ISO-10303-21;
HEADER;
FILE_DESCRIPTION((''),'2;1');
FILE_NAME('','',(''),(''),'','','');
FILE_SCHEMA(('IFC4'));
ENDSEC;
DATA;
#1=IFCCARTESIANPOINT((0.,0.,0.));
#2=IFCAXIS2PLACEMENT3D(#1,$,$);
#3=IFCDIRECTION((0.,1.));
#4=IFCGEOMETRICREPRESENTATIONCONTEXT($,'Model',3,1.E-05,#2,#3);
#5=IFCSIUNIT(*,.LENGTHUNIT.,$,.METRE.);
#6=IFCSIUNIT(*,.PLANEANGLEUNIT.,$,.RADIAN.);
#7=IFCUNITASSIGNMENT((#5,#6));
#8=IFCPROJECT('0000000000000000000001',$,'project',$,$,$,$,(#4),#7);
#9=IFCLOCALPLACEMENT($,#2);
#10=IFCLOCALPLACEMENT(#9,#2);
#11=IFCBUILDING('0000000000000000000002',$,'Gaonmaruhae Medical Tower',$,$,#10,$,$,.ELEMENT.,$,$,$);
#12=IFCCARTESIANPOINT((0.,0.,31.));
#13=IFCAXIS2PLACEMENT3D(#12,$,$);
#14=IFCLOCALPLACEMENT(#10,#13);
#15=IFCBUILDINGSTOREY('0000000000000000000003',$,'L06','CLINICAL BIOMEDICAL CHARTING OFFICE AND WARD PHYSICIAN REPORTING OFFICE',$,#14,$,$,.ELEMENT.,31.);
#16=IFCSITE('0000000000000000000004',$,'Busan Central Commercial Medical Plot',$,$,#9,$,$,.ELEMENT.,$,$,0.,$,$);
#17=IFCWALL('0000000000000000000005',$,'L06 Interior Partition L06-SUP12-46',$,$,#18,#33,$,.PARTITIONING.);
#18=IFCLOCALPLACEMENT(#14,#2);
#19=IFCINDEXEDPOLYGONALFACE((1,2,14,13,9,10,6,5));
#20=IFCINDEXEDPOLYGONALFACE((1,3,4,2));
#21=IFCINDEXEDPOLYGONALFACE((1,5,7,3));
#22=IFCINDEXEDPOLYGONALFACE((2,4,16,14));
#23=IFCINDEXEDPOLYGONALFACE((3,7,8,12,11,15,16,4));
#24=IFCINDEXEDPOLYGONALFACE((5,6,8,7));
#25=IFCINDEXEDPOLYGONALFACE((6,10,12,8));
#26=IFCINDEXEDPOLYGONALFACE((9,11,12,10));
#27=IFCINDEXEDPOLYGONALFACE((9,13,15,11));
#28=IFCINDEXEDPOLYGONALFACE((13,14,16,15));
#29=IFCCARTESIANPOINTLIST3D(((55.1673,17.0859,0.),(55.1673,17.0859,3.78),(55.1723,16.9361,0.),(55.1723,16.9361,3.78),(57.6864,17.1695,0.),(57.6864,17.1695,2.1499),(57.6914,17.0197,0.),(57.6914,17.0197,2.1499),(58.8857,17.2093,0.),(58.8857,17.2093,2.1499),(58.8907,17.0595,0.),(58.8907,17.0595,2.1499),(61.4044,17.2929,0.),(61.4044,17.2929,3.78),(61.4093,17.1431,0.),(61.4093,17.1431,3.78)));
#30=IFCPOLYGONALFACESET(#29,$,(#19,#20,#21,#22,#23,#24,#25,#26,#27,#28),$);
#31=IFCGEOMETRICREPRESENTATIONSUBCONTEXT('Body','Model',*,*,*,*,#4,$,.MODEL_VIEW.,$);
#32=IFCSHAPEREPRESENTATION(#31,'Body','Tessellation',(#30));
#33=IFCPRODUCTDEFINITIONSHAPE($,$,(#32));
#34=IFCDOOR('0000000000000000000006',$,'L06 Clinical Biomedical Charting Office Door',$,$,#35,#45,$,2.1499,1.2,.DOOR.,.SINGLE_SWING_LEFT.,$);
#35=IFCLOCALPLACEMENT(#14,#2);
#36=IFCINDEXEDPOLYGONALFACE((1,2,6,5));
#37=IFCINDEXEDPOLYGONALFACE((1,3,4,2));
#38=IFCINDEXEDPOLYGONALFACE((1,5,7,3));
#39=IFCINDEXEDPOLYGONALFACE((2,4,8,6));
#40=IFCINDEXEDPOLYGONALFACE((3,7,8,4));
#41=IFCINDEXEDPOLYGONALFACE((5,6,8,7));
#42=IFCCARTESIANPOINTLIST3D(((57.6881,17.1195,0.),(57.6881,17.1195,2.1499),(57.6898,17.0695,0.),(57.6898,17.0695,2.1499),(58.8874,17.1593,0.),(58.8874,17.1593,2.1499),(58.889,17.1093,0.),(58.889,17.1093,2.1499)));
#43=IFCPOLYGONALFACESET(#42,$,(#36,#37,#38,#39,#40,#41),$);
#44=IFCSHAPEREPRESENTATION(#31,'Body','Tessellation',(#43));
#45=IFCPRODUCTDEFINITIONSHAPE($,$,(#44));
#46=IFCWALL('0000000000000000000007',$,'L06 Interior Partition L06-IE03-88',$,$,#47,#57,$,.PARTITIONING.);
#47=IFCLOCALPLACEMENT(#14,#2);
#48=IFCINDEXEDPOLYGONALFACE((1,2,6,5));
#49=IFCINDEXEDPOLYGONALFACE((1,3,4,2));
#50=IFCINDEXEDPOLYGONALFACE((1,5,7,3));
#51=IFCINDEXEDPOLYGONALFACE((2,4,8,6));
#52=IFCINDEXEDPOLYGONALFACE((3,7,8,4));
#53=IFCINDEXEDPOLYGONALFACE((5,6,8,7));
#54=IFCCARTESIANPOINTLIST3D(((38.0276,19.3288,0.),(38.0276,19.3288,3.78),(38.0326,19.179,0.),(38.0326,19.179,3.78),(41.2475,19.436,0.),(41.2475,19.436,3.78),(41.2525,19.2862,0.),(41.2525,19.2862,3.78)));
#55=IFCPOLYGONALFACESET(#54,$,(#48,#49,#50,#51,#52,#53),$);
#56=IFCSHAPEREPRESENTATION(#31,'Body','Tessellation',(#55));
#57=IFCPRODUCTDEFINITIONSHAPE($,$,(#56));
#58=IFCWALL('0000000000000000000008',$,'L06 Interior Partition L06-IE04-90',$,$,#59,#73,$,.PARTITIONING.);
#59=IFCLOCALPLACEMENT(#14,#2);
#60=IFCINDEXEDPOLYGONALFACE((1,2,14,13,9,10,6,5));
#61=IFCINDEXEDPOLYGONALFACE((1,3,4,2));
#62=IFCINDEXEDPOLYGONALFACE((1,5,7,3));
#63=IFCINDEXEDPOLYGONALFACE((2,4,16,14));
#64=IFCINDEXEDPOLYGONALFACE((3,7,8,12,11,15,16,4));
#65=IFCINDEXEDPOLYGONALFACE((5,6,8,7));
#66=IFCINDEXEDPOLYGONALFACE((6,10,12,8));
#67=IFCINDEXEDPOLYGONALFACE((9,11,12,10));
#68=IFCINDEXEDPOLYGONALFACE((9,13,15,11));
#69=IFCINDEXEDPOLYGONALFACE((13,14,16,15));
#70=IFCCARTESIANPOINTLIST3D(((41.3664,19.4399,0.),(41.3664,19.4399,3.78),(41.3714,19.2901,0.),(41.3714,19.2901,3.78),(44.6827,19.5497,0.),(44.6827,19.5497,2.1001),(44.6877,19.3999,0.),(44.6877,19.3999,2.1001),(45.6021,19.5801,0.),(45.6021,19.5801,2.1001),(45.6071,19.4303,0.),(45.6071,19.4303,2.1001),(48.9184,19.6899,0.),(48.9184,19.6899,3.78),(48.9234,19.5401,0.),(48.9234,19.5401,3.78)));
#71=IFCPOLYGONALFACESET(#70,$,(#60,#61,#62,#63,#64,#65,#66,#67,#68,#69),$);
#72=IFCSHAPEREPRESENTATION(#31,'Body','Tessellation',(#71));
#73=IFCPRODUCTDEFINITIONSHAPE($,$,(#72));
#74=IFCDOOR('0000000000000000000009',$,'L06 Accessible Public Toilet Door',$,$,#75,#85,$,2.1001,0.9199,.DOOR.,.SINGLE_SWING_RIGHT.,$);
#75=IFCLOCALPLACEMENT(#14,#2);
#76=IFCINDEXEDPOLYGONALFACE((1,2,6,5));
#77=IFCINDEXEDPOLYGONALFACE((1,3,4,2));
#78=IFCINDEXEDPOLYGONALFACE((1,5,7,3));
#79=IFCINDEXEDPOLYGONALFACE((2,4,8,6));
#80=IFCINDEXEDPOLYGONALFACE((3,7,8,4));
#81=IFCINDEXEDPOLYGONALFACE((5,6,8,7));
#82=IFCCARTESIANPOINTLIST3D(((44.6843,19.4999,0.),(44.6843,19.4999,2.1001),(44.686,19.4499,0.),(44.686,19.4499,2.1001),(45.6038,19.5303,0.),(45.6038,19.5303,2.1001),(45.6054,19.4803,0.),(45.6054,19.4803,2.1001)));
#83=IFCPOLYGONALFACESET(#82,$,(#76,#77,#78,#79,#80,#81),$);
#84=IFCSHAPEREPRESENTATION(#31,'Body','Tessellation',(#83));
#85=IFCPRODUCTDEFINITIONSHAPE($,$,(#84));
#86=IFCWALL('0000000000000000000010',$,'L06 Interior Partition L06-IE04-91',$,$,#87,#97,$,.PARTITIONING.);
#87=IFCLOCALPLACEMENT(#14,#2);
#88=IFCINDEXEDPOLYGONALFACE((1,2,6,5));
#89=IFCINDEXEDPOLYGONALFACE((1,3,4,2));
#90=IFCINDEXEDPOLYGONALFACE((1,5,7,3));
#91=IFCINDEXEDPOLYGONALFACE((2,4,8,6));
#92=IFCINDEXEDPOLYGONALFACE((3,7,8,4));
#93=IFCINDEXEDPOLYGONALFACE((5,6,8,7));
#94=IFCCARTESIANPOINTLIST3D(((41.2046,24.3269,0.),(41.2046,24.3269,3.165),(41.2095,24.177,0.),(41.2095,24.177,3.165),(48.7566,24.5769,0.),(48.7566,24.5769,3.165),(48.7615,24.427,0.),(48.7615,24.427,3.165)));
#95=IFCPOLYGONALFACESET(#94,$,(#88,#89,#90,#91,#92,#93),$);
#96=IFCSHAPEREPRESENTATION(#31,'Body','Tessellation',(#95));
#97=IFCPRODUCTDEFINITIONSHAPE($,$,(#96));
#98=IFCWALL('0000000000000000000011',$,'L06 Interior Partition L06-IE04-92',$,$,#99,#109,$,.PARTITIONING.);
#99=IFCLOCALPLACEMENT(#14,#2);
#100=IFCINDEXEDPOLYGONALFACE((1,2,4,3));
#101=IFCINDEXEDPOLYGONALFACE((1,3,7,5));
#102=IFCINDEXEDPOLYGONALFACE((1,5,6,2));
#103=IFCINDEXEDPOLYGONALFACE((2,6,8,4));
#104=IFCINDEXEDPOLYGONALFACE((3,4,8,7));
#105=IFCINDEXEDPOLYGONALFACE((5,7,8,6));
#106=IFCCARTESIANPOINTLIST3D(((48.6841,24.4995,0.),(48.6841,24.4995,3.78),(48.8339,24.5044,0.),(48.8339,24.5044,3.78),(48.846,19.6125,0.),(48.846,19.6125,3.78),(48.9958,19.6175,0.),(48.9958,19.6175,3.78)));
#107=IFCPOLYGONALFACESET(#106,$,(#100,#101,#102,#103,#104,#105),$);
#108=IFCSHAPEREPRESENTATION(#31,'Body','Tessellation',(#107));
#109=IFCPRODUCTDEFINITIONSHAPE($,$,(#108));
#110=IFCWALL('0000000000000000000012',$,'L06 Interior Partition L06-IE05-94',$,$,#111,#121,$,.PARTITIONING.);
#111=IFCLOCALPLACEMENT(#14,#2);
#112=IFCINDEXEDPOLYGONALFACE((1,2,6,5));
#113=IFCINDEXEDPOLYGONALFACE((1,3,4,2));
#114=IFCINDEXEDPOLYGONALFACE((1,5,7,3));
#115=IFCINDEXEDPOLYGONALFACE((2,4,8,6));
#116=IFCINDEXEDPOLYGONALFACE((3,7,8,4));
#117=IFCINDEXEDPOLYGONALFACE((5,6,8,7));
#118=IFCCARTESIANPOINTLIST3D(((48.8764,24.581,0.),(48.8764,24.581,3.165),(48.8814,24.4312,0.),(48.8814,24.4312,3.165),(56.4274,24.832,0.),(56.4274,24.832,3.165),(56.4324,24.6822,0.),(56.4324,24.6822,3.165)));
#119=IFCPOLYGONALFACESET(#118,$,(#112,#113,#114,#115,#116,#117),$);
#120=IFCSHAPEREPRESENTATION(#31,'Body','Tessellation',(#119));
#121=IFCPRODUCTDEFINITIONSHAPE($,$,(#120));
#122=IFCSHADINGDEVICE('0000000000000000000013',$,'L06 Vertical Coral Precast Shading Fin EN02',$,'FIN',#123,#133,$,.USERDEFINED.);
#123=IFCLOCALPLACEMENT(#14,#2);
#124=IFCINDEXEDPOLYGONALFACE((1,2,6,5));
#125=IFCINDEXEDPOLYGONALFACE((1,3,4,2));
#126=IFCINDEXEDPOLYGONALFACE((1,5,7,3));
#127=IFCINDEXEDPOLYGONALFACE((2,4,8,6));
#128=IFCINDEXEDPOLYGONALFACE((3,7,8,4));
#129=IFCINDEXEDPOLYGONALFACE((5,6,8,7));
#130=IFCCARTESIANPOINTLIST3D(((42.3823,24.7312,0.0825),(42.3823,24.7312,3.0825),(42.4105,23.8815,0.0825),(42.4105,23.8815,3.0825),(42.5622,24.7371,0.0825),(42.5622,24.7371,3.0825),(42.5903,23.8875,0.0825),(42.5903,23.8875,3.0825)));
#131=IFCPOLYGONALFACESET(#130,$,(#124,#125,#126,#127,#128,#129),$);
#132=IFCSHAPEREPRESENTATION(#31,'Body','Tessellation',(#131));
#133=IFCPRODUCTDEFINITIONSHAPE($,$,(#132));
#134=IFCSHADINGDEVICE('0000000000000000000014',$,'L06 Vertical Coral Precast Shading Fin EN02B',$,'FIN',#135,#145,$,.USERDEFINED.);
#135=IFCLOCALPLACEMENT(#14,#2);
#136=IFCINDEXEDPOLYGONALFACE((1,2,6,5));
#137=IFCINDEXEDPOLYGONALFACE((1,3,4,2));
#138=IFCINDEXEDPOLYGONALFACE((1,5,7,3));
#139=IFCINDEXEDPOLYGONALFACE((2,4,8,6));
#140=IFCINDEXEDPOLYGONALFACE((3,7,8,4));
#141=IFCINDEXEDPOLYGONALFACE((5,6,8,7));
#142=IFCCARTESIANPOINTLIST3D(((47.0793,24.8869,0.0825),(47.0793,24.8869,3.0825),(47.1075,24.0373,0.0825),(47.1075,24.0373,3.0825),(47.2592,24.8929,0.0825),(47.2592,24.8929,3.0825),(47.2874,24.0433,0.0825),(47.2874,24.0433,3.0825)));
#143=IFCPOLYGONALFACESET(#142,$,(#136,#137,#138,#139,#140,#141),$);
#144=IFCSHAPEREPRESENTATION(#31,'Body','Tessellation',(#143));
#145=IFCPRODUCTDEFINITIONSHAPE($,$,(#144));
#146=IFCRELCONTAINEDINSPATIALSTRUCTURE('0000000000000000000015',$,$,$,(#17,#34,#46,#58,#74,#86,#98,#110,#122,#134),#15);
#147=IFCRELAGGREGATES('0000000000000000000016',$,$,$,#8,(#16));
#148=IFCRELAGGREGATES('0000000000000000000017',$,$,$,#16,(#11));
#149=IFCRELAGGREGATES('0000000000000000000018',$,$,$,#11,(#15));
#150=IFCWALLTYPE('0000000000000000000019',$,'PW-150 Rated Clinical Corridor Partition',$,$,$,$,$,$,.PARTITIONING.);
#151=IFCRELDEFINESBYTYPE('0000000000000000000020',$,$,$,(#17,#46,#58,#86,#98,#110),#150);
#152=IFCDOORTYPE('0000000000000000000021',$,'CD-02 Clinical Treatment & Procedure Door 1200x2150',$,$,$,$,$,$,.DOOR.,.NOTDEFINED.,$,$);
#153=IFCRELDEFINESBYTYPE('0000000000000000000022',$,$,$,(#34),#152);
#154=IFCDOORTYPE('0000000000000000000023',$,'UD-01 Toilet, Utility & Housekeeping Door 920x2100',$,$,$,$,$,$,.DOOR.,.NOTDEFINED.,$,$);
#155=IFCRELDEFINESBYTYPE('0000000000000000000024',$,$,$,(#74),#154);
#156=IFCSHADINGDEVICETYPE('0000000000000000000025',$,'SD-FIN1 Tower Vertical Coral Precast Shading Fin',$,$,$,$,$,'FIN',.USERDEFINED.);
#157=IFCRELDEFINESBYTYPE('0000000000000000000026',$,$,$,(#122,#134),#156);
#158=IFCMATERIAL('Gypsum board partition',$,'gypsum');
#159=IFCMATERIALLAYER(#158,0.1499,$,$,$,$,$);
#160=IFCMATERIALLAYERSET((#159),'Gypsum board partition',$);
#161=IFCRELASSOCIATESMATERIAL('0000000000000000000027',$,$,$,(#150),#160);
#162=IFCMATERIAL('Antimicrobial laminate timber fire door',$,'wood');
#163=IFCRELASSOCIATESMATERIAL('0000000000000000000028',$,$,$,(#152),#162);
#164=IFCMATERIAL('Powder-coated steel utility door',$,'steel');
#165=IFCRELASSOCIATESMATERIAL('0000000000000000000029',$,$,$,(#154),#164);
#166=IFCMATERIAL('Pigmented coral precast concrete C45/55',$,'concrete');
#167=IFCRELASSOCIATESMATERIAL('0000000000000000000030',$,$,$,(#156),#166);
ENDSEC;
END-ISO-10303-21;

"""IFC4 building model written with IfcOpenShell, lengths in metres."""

from ifc_helpers import new_model, si_unit, direction, frame, frame_2d, origin, origin_2d, place, context, subcontext, project, spatial, rectangle, extrude, material, layer, layer_set, type_object, element, fill, save


model = new_model("IFC4")

# Units and contexts
model_context = context("Model", 3, precision=1e-05, world=origin(), true_north=direction((0.0, 1.0)))
body_context = subcontext(model_context, "Body", "Model", "MODEL_VIEW")
ifc_project = project(units=[si_unit("LENGTHUNIT", "METRE"), si_unit("PLANEANGLEUNIT", "RADIAN")], contexts=[model_context])

# Site, building, storey
site_placement = place(None, origin())
site = spatial("IfcSite", under=ifc_project, at=site_placement, Name="Busan Central Commercial Medical Plot", CompositionType="ELEMENT", RefElevation=0.0)
building_placement = place(site_placement, origin())
building = spatial("IfcBuilding", under=site, at=building_placement, Name="Gaonmaruhae Medical Tower", CompositionType="ELEMENT")
storey_placement = place(building_placement, frame((0.0, 0.0, 31.0)))
storey = spatial("IfcBuildingStorey", under=building, at=storey_placement, Name="L06", Description="CLINICAL BIOMEDICAL CHARTING OFFICE AND WARD PHYSICIAN REPORTING OFFICE", CompositionType="ELEMENT", Elevation=31.0)

# Shared definitions
ifc_material_1 = material(Name="Gypsum board partition", Category="gypsum")
ifc_layer_1 = layer(ifc_material_1, 0.1499)
ifc_layer_set_1 = layer_set([ifc_layer_1], Name="Gypsum board partition")
wall_type_1 = type_object("IfcWallType", Name="PW-150 Rated Clinical Corridor Partition", PredefinedType="PARTITIONING", material=ifc_layer_set_1)

# Shared definitions
ifc_material_2 = material(Name="Antimicrobial laminate timber fire door", Category="wood")
door_type_1 = type_object("IfcDoorType", Name="CD-02 Clinical Treatment & Procedure Door 1200x2150", OperationType="NOTDEFINED", PredefinedType="DOOR", material=ifc_material_2)

# Wall, opening, door
wall_1_placement = place(storey_placement, frame((55.1699, 17.011, 0.0), z_axis=(0.0, 0.0, 1.0), x_axis=(0.99945, 0.033175, 0.0)))
wall_1 = element("IfcWall", 1, at=wall_1_placement, inside=storey, type_object=wall_type_1, Name="L06 Interior Partition L06-SUP12-46", PredefinedType="PARTITIONING", context=body_context, shape_type="SweptSolid", body=[
    extrude(rectangle(XDim=6.2405, YDim=0.1499, at=frame_2d((3.1201, 0.0))), origin(), (0.0, 0.0, 1.0), 3.78),
])
opening_1_placement = place(wall_1_placement, frame((2.5203, 0.0, 0.0)))
opening_1 = element("IfcOpeningElement", 2, at=opening_1_placement, cuts=wall_1, PredefinedType="OPENING", context=body_context, shape_type="SweptSolid", body=[
    extrude(rectangle(XDim=1.2, YDim=2.1499, at=frame_2d((0.6001, 1.075))), frame((0.0, 0.085, 0.0), z_axis=(0.0, -1.0, 0.0), x_axis=(1.0, 0.0, 0.0)), (0.0, 0.0, 1.0), 0.1699),
])
door_1_placement = place(opening_1_placement, origin())
door_1 = element("IfcDoor", 3, at=door_1_placement, inside=storey, type_object=door_type_1, Name="L06 Clinical Biomedical Charting Office Door", OperationType="SINGLE_SWING_LEFT", OverallHeight=2.1499, OverallWidth=1.2, PredefinedType="DOOR", context=body_context, shape_type="SweptSolid", body=[
    extrude(rectangle(XDim=1.2, YDim=2.1499, at=frame_2d((0.6001, 1.075))), frame((0.0, 0.0249, 0.0), z_axis=(0.0, -1.0, 0.0), x_axis=(1.0, 0.0, 0.0)), (0.0, 0.0, 1.0), 0.05),
])
fill(opening_1, door_1)

# Wall
wall_2_placement = place(storey_placement, frame((41.25, 19.3611, 0.0), z_axis=(0.0, 0.0, 1.0), x_axis=(-0.999447, -0.033267, 0.0)))
element("IfcWall", 4, at=wall_2_placement, inside=storey, type_object=wall_type_1, Name="L06 Interior Partition L06-IE03-88", PredefinedType="PARTITIONING", context=body_context, shape_type="SweptSolid", body=[
    extrude(rectangle(XDim=3.2217, YDim=0.1499, at=frame_2d((1.6108, 0.0))), origin(), (0.0, 0.0, 1.0), 3.78),
])

# Wall, opening, door
wall_3_placement = place(storey_placement, frame((48.9209, 19.615, 0.0), z_axis=(0.0, 0.0, 1.0), x_axis=(-0.999453, -0.033086, 0.0)))
wall_3 = element("IfcWall", 5, at=wall_3_placement, inside=storey, type_object=wall_type_1, Name="L06 Interior Partition L06-IE04-90", PredefinedType="PARTITIONING", context=body_context, shape_type="SweptSolid", body=[
    extrude(rectangle(XDim=7.5562, YDim=0.1499, at=frame_2d((3.7781, 0.0))), origin(), (0.0, 0.0, 1.0), 3.78),
])
opening_2_placement = place(wall_3_placement, frame((3.3181, 0.0, 0.0)))
opening_2 = element("IfcOpeningElement", 6, at=opening_2_placement, cuts=wall_3, PredefinedType="OPENING", context=body_context, shape_type="SweptSolid", body=[
    extrude(rectangle(XDim=0.9199, YDim=2.1001, at=frame_2d((0.46, 1.05))), frame((0.0, 0.085, 0.0), z_axis=(0.0, -1.0, 0.0), x_axis=(1.0, 0.0, 0.0)), (0.0, 0.0, 1.0), 0.1699),
])
ifc_material_3 = material(Name="Powder-coated steel utility door", Category="steel")
door_type_2 = type_object("IfcDoorType", Name="UD-01 Toilet, Utility & Housekeeping Door 920x2100", OperationType="NOTDEFINED", PredefinedType="DOOR", material=ifc_material_3)
door_2_placement = place(opening_2_placement, origin())
door_2 = element("IfcDoor", 7, at=door_2_placement, inside=storey, type_object=door_type_2, Name="L06 Accessible Public Toilet Door", OperationType="SINGLE_SWING_RIGHT", OverallHeight=2.1001, OverallWidth=0.9199, PredefinedType="DOOR", context=body_context, shape_type="SweptSolid", body=[
    extrude(rectangle(XDim=0.9199, YDim=2.1001, at=frame_2d((0.46, 1.05))), frame((0.0, 0.0249, 0.0), z_axis=(0.0, -1.0, 0.0), x_axis=(1.0, 0.0, 0.0)), (0.0, 0.0, 1.0), 0.05),
])
fill(opening_2, door_2)

# Walls
wall_4_placement = place(storey_placement, frame((41.207, 24.252, 0.0), z_axis=(0.0, 0.0, 1.0), x_axis=(0.999453, 0.033086, 0.0)))
element("IfcWall", 8, at=wall_4_placement, inside=storey, type_object=wall_type_1, Name="L06 Interior Partition L06-IE04-91", PredefinedType="PARTITIONING", context=body_context, shape_type="SweptSolid", body=[
    extrude(rectangle(XDim=7.5562, YDim=0.1499, at=frame_2d((3.7781, 0.0))), origin(), (0.0, 0.0, 1.0), 3.165),
])
wall_5_placement = place(storey_placement, frame((48.759, 24.502, 0.0), z_axis=(0.0, 0.0, 1.0), x_axis=(0.033104, -0.999452, 0.0)))
element("IfcWall", 9, at=wall_5_placement, inside=storey, type_object=wall_type_1, Name="L06 Interior Partition L06-IE04-92", PredefinedType="PARTITIONING", context=body_context, shape_type="SweptSolid", body=[
    extrude(rectangle(XDim=4.8896, YDim=0.1499, at=frame_2d((2.4448, 0.0))), origin(), (0.0, 0.0, 1.0), 3.78),
])
wall_6_placement = place(storey_placement, frame((48.8789, 24.5061, 0.0), z_axis=(0.0, 0.0, 1.0), x_axis=(0.999448, 0.033219, 0.0)))
element("IfcWall", 10, at=wall_6_placement, inside=storey, type_object=wall_type_1, Name="L06 Interior Partition L06-IE05-94", PredefinedType="PARTITIONING", context=body_context, shape_type="SweptSolid", body=[
    extrude(rectangle(XDim=7.5552, YDim=0.1499, at=frame_2d((3.7776, 0.0))), origin(), (0.0, 0.0, 1.0), 3.165),
])

# Shading devices
ifc_material_4 = material(Name="Pigmented coral precast concrete C45/55", Category="concrete")
shading_device_type = type_object("IfcShadingDeviceType", Name="SD-FIN1 Tower Vertical Coral Precast Shading Fin", ElementType="FIN", PredefinedType="USERDEFINED", material=ifc_material_4)
for number, where, z_axis, x_axis, name in (
    (11, (42.4863, 24.3093, 0.0825), (0.0, 0.0, 1.0), (0.99945, 0.033155, 0.0), "L06 Vertical Coral Precast Shading Fin EN02"),
    (12, (47.1833, 24.4651, 0.0825), (0.0, 0.0, 1.0), (0.99945, 0.033155, 0.0), "L06 Vertical Coral Precast Shading Fin EN02B"),
):
    element("IfcShadingDevice", number, at=place(storey_placement, frame(where, z_axis=z_axis, x_axis=x_axis)), inside=storey, type_object=shading_device_type, Name=name, ObjectType="FIN", PredefinedType="USERDEFINED", context=body_context, shape_type="SweptSolid", body=[
        extrude(rectangle(XDim=0.1799, YDim=0.8501, at=origin_2d()), origin(), (0.0, 0.0, 1.0), 3.0),
    ])

save(model, "model.ifc")
